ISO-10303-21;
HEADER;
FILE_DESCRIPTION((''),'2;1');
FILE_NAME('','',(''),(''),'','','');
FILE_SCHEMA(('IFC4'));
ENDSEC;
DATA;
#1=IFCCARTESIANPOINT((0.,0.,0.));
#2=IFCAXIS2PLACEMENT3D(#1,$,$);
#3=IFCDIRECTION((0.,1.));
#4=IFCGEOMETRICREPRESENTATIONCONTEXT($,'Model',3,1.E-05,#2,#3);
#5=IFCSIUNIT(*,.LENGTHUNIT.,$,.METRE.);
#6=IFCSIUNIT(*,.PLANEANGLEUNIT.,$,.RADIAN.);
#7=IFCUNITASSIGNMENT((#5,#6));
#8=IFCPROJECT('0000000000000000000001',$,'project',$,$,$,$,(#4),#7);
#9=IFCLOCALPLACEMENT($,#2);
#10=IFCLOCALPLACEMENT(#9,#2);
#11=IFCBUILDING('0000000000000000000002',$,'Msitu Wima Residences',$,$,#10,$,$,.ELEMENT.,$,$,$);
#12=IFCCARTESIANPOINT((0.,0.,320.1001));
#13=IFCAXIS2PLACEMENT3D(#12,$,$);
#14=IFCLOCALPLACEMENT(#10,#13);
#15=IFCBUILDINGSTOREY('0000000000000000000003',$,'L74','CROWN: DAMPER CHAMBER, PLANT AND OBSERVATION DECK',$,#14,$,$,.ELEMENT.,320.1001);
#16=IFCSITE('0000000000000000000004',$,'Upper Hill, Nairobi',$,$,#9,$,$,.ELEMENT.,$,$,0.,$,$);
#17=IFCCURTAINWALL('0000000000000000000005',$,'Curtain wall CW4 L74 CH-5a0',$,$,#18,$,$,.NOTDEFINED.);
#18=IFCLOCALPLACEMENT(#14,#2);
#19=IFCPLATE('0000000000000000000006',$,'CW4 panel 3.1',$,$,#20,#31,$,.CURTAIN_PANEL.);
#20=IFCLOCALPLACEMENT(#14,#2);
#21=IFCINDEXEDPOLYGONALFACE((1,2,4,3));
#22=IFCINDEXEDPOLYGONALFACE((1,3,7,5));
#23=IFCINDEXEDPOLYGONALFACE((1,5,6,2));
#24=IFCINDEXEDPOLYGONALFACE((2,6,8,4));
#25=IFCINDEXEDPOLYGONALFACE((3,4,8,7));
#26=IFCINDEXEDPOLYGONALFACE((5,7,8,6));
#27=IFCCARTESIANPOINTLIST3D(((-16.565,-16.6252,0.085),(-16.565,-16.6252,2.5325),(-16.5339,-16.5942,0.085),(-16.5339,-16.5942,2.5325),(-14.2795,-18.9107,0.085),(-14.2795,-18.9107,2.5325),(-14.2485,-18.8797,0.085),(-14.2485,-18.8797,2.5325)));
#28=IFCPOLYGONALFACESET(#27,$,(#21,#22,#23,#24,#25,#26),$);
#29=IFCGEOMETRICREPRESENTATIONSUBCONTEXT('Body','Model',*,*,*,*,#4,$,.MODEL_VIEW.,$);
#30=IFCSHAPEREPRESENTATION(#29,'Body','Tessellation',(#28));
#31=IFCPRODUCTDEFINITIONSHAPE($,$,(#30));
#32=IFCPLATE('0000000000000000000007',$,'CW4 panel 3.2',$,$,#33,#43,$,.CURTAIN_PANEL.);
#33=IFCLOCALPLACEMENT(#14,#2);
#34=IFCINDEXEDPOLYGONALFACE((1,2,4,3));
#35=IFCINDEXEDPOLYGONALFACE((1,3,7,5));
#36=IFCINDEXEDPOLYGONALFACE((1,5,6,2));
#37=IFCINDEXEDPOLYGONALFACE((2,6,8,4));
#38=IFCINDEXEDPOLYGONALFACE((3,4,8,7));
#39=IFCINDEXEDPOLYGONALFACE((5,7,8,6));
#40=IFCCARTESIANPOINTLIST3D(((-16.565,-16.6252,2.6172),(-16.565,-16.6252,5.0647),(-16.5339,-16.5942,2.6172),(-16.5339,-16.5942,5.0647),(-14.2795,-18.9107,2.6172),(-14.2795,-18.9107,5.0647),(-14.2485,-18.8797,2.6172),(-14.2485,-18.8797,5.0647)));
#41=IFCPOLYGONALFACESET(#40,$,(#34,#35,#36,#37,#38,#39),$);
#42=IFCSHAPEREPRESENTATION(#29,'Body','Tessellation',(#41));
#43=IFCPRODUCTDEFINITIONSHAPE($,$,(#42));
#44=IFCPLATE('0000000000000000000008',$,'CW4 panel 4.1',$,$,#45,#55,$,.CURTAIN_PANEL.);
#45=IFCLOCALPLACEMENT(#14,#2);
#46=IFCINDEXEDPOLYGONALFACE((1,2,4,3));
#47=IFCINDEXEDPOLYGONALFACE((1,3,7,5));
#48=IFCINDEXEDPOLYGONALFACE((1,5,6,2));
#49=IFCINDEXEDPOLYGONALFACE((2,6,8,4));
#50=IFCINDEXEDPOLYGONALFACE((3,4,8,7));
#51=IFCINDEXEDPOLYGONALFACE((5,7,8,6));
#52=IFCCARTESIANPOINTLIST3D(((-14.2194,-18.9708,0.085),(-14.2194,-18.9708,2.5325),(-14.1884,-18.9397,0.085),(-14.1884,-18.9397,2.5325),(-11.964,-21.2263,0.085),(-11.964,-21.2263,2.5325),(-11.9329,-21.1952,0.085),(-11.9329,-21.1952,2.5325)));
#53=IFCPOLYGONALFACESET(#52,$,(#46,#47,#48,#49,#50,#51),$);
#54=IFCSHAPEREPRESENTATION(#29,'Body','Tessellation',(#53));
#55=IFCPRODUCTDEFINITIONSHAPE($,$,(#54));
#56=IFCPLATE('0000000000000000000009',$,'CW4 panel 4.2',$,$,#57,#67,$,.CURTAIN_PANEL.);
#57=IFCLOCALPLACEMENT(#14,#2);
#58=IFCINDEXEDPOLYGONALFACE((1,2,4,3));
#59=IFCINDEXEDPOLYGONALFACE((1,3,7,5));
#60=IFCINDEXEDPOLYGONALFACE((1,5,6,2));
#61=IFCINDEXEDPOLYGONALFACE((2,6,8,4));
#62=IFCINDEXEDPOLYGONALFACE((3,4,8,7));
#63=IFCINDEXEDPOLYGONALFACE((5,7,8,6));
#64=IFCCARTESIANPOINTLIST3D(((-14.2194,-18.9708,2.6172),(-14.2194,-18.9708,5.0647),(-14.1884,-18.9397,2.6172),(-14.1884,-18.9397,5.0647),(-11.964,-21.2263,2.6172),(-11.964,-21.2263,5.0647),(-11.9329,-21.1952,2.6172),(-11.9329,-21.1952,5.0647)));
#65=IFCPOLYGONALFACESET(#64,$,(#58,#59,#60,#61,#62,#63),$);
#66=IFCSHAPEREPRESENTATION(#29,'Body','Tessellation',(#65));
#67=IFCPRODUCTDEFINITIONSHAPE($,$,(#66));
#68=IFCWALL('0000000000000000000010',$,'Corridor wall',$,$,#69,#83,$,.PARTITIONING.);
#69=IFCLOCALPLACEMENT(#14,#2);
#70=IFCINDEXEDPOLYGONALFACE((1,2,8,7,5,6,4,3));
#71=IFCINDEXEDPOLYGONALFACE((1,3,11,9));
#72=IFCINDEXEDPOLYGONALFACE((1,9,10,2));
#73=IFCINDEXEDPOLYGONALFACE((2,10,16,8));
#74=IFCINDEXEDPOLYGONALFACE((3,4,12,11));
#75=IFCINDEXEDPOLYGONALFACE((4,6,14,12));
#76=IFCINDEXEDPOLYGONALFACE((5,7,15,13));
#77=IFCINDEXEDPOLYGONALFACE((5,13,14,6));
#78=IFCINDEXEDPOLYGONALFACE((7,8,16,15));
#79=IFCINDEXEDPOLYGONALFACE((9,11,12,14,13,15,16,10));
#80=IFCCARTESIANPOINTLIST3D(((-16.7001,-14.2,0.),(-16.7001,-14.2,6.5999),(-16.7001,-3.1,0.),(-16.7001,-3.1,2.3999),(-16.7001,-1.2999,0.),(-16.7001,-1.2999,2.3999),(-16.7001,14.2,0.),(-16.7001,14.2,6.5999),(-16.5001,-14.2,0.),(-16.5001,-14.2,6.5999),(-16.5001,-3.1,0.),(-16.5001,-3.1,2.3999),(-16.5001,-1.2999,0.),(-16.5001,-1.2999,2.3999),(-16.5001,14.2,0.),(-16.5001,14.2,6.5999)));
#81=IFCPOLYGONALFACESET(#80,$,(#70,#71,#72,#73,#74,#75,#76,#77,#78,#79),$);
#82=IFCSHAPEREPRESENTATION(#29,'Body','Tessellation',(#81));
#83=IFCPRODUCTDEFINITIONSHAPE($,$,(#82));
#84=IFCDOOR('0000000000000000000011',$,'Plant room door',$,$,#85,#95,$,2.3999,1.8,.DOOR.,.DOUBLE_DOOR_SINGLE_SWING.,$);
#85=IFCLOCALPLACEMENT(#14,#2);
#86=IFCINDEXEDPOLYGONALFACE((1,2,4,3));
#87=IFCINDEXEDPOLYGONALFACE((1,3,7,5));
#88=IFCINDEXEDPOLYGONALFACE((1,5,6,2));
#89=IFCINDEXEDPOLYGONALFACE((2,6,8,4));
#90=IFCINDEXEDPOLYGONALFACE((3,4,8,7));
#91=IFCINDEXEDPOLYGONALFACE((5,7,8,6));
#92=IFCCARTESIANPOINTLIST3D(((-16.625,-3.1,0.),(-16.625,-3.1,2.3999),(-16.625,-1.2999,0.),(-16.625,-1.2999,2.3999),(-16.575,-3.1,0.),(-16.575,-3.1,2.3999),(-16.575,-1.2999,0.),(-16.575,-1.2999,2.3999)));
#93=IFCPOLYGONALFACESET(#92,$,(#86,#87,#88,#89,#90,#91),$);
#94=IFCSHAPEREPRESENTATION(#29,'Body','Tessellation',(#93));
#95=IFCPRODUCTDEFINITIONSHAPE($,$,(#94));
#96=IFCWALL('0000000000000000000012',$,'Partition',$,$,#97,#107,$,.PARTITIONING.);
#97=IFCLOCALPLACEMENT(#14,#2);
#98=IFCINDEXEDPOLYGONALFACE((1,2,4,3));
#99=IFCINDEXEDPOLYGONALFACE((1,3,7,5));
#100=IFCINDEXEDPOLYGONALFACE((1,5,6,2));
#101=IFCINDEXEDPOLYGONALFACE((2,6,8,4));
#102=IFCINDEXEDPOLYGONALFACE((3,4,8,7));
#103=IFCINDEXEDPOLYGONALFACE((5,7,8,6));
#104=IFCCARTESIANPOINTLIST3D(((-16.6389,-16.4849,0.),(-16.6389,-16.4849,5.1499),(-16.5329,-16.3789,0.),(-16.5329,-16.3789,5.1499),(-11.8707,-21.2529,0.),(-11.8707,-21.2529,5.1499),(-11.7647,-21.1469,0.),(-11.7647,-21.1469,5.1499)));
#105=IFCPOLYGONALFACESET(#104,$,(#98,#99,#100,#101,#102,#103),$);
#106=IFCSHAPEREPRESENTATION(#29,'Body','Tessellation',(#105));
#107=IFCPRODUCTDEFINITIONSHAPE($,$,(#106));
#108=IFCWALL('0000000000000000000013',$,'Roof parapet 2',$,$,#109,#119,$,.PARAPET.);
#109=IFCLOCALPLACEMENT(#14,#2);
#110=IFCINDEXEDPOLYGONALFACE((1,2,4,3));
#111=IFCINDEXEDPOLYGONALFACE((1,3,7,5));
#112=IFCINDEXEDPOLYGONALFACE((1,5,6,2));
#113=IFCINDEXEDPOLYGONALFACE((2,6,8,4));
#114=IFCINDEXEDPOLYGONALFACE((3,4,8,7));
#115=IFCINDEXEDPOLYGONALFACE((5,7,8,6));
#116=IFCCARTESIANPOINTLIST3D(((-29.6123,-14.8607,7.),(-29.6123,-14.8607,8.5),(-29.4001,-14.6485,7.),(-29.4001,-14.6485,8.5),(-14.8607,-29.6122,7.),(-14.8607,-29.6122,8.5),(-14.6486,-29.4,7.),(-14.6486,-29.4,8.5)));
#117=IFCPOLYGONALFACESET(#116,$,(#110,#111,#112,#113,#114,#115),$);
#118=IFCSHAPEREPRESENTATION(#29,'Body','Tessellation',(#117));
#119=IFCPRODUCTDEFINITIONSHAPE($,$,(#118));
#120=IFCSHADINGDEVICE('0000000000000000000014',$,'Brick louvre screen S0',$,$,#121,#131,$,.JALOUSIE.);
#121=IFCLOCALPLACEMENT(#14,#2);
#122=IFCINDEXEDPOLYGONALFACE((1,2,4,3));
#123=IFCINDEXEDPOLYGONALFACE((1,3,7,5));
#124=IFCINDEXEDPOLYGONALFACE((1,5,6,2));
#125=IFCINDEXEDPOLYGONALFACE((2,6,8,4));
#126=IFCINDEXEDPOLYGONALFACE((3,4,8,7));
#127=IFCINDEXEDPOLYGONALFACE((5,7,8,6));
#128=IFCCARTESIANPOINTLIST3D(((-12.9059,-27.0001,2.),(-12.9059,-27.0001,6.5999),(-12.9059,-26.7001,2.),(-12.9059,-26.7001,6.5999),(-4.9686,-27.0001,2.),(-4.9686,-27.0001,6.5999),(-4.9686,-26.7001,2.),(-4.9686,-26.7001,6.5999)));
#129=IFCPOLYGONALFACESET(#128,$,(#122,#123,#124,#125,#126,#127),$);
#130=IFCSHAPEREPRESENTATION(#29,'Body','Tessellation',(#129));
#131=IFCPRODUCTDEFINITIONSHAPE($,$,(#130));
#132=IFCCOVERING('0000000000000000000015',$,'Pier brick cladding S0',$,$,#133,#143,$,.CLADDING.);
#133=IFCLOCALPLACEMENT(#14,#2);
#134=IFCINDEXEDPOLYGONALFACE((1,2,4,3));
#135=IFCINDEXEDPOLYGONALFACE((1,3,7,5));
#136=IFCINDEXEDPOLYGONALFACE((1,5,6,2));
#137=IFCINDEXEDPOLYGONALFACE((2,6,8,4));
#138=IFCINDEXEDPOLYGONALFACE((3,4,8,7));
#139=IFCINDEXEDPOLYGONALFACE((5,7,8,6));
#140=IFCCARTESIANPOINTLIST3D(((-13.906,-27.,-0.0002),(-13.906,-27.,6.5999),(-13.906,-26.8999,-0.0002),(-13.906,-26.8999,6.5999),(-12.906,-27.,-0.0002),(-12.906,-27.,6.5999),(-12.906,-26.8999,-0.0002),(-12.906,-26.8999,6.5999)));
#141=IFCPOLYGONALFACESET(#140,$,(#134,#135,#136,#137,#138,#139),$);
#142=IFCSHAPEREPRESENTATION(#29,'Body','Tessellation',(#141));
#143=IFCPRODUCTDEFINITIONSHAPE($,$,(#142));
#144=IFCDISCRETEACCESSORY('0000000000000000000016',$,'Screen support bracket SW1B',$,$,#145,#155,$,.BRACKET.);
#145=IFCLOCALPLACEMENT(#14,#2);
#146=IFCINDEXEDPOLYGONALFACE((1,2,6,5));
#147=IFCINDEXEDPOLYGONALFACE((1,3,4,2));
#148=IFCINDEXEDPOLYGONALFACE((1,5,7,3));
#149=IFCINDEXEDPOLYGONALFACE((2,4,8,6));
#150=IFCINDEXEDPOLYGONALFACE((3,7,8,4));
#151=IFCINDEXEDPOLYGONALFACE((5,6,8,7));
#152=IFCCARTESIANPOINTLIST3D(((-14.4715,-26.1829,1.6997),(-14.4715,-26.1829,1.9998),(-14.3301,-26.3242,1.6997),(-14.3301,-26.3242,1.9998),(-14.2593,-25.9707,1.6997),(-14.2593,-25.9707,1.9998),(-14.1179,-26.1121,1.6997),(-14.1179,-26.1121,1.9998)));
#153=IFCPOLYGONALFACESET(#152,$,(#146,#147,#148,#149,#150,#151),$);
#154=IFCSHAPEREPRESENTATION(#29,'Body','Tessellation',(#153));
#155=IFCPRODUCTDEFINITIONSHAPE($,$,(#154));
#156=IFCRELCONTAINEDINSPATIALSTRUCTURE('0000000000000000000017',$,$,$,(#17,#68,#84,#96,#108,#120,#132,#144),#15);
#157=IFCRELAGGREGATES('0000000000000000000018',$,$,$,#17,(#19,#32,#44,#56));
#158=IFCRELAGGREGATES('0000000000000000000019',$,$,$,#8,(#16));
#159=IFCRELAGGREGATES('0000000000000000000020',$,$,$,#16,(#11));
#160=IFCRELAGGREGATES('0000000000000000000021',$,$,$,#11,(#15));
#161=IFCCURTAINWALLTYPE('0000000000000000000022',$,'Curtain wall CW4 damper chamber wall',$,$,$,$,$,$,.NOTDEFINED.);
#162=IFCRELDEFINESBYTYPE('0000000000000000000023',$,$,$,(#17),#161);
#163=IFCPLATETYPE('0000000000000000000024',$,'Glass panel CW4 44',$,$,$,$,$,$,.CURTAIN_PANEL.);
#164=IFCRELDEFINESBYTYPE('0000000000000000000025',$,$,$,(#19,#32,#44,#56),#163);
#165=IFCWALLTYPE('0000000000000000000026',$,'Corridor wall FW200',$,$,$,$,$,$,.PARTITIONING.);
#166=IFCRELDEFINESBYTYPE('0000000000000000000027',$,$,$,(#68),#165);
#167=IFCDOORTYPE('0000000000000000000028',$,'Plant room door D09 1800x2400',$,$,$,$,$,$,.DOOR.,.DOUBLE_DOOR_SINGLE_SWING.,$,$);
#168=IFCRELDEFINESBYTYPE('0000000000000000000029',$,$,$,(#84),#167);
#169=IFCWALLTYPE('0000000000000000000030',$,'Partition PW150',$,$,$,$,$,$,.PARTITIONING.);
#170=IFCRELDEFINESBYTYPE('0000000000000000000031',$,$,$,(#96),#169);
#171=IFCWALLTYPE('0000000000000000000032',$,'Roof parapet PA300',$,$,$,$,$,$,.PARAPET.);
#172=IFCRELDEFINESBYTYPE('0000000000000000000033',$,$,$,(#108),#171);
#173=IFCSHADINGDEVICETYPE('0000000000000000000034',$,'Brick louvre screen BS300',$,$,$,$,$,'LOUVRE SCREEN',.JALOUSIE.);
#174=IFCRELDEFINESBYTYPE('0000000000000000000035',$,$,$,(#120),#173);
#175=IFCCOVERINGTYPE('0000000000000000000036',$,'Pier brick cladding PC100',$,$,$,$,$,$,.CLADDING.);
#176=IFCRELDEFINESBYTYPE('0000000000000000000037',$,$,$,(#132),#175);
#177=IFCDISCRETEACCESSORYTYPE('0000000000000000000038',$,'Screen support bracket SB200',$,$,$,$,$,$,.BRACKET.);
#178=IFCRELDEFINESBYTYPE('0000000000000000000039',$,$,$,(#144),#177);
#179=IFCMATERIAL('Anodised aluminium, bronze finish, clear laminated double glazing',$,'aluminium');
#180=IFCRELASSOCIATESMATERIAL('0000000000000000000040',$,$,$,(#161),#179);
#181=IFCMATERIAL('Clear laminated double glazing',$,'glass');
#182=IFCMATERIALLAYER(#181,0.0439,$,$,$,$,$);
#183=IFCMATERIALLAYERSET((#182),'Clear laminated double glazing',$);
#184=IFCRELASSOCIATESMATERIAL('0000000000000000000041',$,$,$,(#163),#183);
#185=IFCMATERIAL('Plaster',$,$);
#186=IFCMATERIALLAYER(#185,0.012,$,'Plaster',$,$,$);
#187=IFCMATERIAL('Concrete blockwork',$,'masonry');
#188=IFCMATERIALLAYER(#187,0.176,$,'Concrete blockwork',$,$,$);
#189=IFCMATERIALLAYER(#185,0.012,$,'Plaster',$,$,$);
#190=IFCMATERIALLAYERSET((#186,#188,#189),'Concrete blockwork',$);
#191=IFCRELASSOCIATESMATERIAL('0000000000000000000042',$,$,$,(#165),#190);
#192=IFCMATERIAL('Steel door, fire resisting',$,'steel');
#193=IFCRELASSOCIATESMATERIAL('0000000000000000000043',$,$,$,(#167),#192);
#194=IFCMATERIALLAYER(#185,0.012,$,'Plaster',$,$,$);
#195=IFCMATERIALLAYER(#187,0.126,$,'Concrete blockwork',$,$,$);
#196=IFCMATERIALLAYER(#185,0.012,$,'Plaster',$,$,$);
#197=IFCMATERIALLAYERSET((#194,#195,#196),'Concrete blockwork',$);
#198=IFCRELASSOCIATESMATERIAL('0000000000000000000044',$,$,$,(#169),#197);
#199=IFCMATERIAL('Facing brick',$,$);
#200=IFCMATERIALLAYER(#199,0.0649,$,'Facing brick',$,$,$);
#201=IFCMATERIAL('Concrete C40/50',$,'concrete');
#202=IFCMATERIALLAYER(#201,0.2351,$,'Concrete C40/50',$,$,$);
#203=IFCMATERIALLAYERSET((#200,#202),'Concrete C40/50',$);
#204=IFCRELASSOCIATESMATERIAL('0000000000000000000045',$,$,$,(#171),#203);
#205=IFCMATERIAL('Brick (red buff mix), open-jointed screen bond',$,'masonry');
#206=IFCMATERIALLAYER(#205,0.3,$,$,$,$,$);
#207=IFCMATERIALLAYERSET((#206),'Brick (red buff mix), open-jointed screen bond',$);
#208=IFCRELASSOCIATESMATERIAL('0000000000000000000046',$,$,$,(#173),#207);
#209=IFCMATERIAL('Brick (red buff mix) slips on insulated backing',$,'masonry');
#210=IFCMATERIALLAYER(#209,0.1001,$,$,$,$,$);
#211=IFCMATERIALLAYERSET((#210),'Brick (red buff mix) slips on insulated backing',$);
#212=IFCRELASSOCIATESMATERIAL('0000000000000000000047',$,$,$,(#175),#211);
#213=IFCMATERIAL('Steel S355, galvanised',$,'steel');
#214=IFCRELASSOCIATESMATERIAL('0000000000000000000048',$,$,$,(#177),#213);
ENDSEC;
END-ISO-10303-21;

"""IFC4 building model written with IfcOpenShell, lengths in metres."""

from ifc_helpers import new_model, si_unit, direction, frame, frame_2d, origin, origin_2d, place, context, subcontext, project, spatial, rectangle, extrude, material, layer, layer_set, type_object, element, fill, aggregate, save


model = new_model("IFC4")

# Units and contexts
model_context = context("Model", 3, precision=1e-05, world=origin(), true_north=direction((0.0, 1.0)))
body_context = subcontext(model_context, "Body", "Model", "MODEL_VIEW")
ifc_project = project(units=[si_unit("LENGTHUNIT", "METRE"), si_unit("PLANEANGLEUNIT", "RADIAN")], contexts=[model_context])

# Site, building, storey
site_placement = place(None, origin())
site = spatial("IfcSite", under=ifc_project, at=site_placement, Name="Upper Hill, Nairobi", CompositionType="ELEMENT", RefElevation=0.0)
building_placement = place(site_placement, origin())
building = spatial("IfcBuilding", under=site, at=building_placement, Name="Msitu Wima Residences", CompositionType="ELEMENT")
storey_placement = place(building_placement, frame((0.0, 0.0, 320.1001)))
storey = spatial("IfcBuildingStorey", under=building, at=storey_placement, Name="L74", Description="CROWN: DAMPER CHAMBER, PLANT AND OBSERVATION DECK", CompositionType="ELEMENT", Elevation=320.1001)

# Curtain wall, plates
ifc_material_1 = material(Name="Anodised aluminium, bronze finish, clear laminated double glazing", Category="aluminium")
curtain_wall_type = type_object("IfcCurtainWallType", Name="Curtain wall CW4 damper chamber wall", PredefinedType="NOTDEFINED", material=ifc_material_1)
curtain_wall_placement = place(storey_placement, origin())
curtain_wall = element("IfcCurtainWall", 1, at=curtain_wall_placement, inside=storey, type_object=curtain_wall_type, Name="Curtain wall CW4 L74 CH-5a0", PredefinedType="NOTDEFINED")
ifc_material_2 = material(Name="Clear laminated double glazing", Category="glass")
ifc_layer_1 = layer(ifc_material_2, 0.0439)
ifc_layer_set_1 = layer_set([ifc_layer_1], Name="Clear laminated double glazing")
plate_type = type_object("IfcPlateType", Name="Glass panel CW4 44", PredefinedType="CURTAIN_PANEL", material=ifc_layer_set_1)
plate_1_placement = place(storey_placement, frame((-15.4067, -17.7524, 0.085), z_axis=(0.0, 0.0, 1.0), x_axis=(0.707107, -0.707107, 0.0)))
plate_1 = element("IfcPlate", 2, at=plate_1_placement, type_object=plate_type, Name="CW4 panel 3.1", PredefinedType="CURTAIN_PANEL", context=body_context, shape_type="SweptSolid", body=[
    extrude(rectangle(XDim=3.2322, YDim=0.0439, at=origin_2d()), origin(), (0.0, 0.0, 1.0), 2.4475),
])
plate_2_placement = place(storey_placement, frame((-15.4067, -17.7524, 2.6172), z_axis=(0.0, 0.0, 1.0), x_axis=(0.707107, -0.707107, 0.0)))
plate_2 = element("IfcPlate", 3, at=plate_2_placement, type_object=plate_type, Name="CW4 panel 3.2", PredefinedType="CURTAIN_PANEL", context=body_context, shape_type="SweptSolid", body=[
    extrude(rectangle(XDim=3.2322, YDim=0.0439, at=origin_2d()), origin(), (0.0, 0.0, 1.0), 2.4475),
])
plate_3_placement = place(storey_placement, frame((-13.0762, -20.083, 0.085), z_axis=(0.0, 0.0, 1.0), x_axis=(0.707107, -0.707107, 0.0)))
plate_3 = element("IfcPlate", 4, at=plate_3_placement, type_object=plate_type, Name="CW4 panel 4.1", PredefinedType="CURTAIN_PANEL", context=body_context, shape_type="SweptSolid", body=[
    extrude(rectangle(XDim=3.1897, YDim=0.0439, at=origin_2d()), origin(), (0.0, 0.0, 1.0), 2.4475),
])
plate_4_placement = place(storey_placement, frame((-13.0762, -20.083, 2.6172), z_axis=(0.0, 0.0, 1.0), x_axis=(0.707107, -0.707107, 0.0)))
plate_4 = element("IfcPlate", 5, at=plate_4_placement, type_object=plate_type, Name="CW4 panel 4.2", PredefinedType="CURTAIN_PANEL", context=body_context, shape_type="SweptSolid", body=[
    extrude(rectangle(XDim=3.1897, YDim=0.0439, at=origin_2d()), origin(), (0.0, 0.0, 1.0), 2.4475),
])
aggregate(curtain_wall, [plate_1, plate_2, plate_3, plate_4])

# Wall, opening, door
ifc_material_3 = material(Name="Plaster")
ifc_layer_2 = layer(ifc_material_3, 0.012, Name="Plaster")
ifc_material_4 = material(Name="Concrete blockwork", Category="masonry")
ifc_layer_3 = layer(ifc_material_4, 0.176, Name="Concrete blockwork")
ifc_layer_4 = layer(ifc_material_3, 0.012, Name="Plaster")
ifc_layer_set_2 = layer_set([ifc_layer_2, ifc_layer_3, ifc_layer_4], Name="Concrete blockwork")
wall_type_1 = type_object("IfcWallType", Name="Corridor wall FW200", PredefinedType="PARTITIONING", material=ifc_layer_set_2)
wall_1_placement = place(storey_placement, frame((-16.6001, -14.2, 0.0), z_axis=(0.0, 0.0, 1.0), x_axis=(0.0, 1.0, 0.0)))
wall_1 = element("IfcWall", 6, at=wall_1_placement, inside=storey, type_object=wall_type_1, Name="Corridor wall", PredefinedType="PARTITIONING", context=body_context, shape_type="SweptSolid", body=[
    extrude(rectangle(XDim=28.3999, YDim=0.2, at=frame_2d((14.2, 0.0))), origin(), (0.0, 0.0, 1.0), 6.5999),
])
opening_placement = place(wall_1_placement, frame((11.1001, 0.0, 0.0)))
opening = element("IfcOpeningElement", 7, at=opening_placement, cuts=wall_1, PredefinedType="OPENING", context=body_context, shape_type="SweptSolid", body=[
    extrude(rectangle(XDim=1.8, YDim=2.3999, at=frame_2d((0.8999, 1.2))), frame((0.0, 0.1099, 0.0), z_axis=(0.0, -1.0, 0.0), x_axis=(1.0, 0.0, 0.0)), (0.0, 0.0, 1.0), 0.22),
])
ifc_material_5 = material(Name="Steel door, fire resisting", Category="steel")
door_type = type_object("IfcDoorType", Name="Plant room door D09 1800x2400", OperationType="DOUBLE_DOOR_SINGLE_SWING", PredefinedType="DOOR", material=ifc_material_5)
door_placement = place(opening_placement, origin())
door = element("IfcDoor", 8, at=door_placement, inside=storey, type_object=door_type, Name="Plant room door", OperationType="DOUBLE_DOOR_SINGLE_SWING", OverallHeight=2.3999, OverallWidth=1.8, PredefinedType="DOOR", context=body_context, shape_type="SweptSolid", body=[
    extrude(rectangle(XDim=1.8, YDim=2.3999, at=frame_2d((0.8999, 1.2))), frame((0.0, 0.0249, 0.0), z_axis=(0.0, -1.0, 0.0), x_axis=(1.0, 0.0, 0.0)), (0.0, 0.0, 1.0), 0.05),
])
fill(opening, door)

# Walls
ifc_layer_5 = layer(ifc_material_3, 0.012, Name="Plaster")
ifc_layer_6 = layer(ifc_material_4, 0.126, Name="Concrete blockwork")
ifc_layer_7 = layer(ifc_material_3, 0.012, Name="Plaster")
ifc_layer_set_3 = layer_set([ifc_layer_5, ifc_layer_6, ifc_layer_7], Name="Concrete blockwork")
wall_type_2 = type_object("IfcWallType", Name="Partition PW150", PredefinedType="PARTITIONING", material=ifc_layer_set_3)
wall_2_placement = place(storey_placement, frame((-16.5859, -16.4319, 0.0), z_axis=(0.0, 0.0, 1.0), x_axis=(0.707125, -0.707089, 0.0)))
element("IfcWall", 9, at=wall_2_placement, inside=storey, type_object=wall_type_2, Name="Partition", PredefinedType="PARTITIONING", context=body_context, shape_type="SweptSolid", body=[
    extrude(rectangle(XDim=6.7432, YDim=0.1499, at=frame_2d((3.3716, 0.0))), origin(), (0.0, 0.0, 1.0), 5.1499),
])
ifc_material_6 = material(Name="Facing brick")
ifc_layer_8 = layer(ifc_material_6, 0.0649, Name="Facing brick")
ifc_material_7 = material(Name="Concrete C40/50", Category="concrete")
ifc_layer_9 = layer(ifc_material_7, 0.2351, Name="Concrete C40/50")
ifc_layer_set_4 = layer_set([ifc_layer_8, ifc_layer_9], Name="Concrete C40/50")
wall_type_3 = type_object("IfcWallType", Name="Roof parapet PA300", PredefinedType="PARAPET", material=ifc_layer_set_4)
wall_3_placement = place(storey_placement, frame((-14.7546, -29.5061, 7.0), z_axis=(0.0, 0.0, 1.0), x_axis=(-0.707107, 0.707107, 0.0)))
element("IfcWall", 10, at=wall_3_placement, inside=storey, type_object=wall_type_3, Name="Roof parapet 2", PredefinedType="PARAPET", context=body_context, shape_type="SweptSolid", body=[
    extrude(rectangle(XDim=20.8618, YDim=0.3, at=frame_2d((10.4309, 0.0))), origin(), (0.0, 0.0, 1.0), 1.5),
])

# Shading device
ifc_material_8 = material(Name="Brick (red buff mix), open-jointed screen bond", Category="masonry")
ifc_layer_10 = layer(ifc_material_8, 0.3)
ifc_layer_set_5 = layer_set([ifc_layer_10], Name="Brick (red buff mix), open-jointed screen bond")
shading_device_type = type_object("IfcShadingDeviceType", Name="Brick louvre screen BS300", ElementType="LOUVRE SCREEN", PredefinedType="JALOUSIE", material=ifc_layer_set_5)
shading_device_placement = place(storey_placement, frame((-12.906, -26.8501, 2.0), z_axis=(0.0, 0.0, 1.0), x_axis=(1.0, 0.0, 0.0)))
element("IfcShadingDevice", 11, at=shading_device_placement, inside=storey, type_object=shading_device_type, Name="Brick louvre screen S0", PredefinedType="JALOUSIE", context=body_context, shape_type="SweptSolid", body=[
    extrude(rectangle(XDim=7.9373, YDim=0.3, at=frame_2d((3.9688, 0.0))), origin(), (0.0, 0.0, 1.0), 4.5999),
])

# Covering
ifc_material_9 = material(Name="Brick (red buff mix) slips on insulated backing", Category="masonry")
ifc_layer_11 = layer(ifc_material_9, 0.1001)
ifc_layer_set_6 = layer_set([ifc_layer_11], Name="Brick (red buff mix) slips on insulated backing")
covering_type = type_object("IfcCoveringType", Name="Pier brick cladding PC100", PredefinedType="CLADDING", material=ifc_layer_set_6)
covering_placement = place(storey_placement, frame((-13.406, -26.95, -0.0002), z_axis=(0.0, 0.0, 1.0), x_axis=(1.0, 0.0, 0.0)))
element("IfcCovering", 12, at=covering_placement, inside=storey, type_object=covering_type, Name="Pier brick cladding S0", PredefinedType="CLADDING", context=body_context, shape_type="SweptSolid", body=[
    extrude(rectangle(XDim=1.0, YDim=0.1001, at=origin_2d()), origin(), (0.0, 0.0, 1.0), 6.6001),
])

# Discrete accessory
ifc_material_10 = material(Name="Steel S355, galvanised", Category="steel")
discrete_accessory_type = type_object("IfcDiscreteAccessoryType", Name="Screen support bracket SB200", PredefinedType="BRACKET", material=ifc_material_10)
discrete_accessory_placement = place(storey_placement, frame((-14.2947, -26.1475, 1.6997), z_axis=(0.0, 0.0, 1.0), x_axis=(0.707107, -0.707107, 0.0)))
element("IfcDiscreteAccessory", 13, at=discrete_accessory_placement, inside=storey, type_object=discrete_accessory_type, Name="Screen support bracket SW1B", PredefinedType="BRACKET", context=body_context, shape_type="SweptSolid", body=[
    extrude(rectangle(XDim=0.2, YDim=0.3, at=origin_2d()), origin(), (0.0, 0.0, 1.0), 0.3),
])

save(model, "model.ifc")
